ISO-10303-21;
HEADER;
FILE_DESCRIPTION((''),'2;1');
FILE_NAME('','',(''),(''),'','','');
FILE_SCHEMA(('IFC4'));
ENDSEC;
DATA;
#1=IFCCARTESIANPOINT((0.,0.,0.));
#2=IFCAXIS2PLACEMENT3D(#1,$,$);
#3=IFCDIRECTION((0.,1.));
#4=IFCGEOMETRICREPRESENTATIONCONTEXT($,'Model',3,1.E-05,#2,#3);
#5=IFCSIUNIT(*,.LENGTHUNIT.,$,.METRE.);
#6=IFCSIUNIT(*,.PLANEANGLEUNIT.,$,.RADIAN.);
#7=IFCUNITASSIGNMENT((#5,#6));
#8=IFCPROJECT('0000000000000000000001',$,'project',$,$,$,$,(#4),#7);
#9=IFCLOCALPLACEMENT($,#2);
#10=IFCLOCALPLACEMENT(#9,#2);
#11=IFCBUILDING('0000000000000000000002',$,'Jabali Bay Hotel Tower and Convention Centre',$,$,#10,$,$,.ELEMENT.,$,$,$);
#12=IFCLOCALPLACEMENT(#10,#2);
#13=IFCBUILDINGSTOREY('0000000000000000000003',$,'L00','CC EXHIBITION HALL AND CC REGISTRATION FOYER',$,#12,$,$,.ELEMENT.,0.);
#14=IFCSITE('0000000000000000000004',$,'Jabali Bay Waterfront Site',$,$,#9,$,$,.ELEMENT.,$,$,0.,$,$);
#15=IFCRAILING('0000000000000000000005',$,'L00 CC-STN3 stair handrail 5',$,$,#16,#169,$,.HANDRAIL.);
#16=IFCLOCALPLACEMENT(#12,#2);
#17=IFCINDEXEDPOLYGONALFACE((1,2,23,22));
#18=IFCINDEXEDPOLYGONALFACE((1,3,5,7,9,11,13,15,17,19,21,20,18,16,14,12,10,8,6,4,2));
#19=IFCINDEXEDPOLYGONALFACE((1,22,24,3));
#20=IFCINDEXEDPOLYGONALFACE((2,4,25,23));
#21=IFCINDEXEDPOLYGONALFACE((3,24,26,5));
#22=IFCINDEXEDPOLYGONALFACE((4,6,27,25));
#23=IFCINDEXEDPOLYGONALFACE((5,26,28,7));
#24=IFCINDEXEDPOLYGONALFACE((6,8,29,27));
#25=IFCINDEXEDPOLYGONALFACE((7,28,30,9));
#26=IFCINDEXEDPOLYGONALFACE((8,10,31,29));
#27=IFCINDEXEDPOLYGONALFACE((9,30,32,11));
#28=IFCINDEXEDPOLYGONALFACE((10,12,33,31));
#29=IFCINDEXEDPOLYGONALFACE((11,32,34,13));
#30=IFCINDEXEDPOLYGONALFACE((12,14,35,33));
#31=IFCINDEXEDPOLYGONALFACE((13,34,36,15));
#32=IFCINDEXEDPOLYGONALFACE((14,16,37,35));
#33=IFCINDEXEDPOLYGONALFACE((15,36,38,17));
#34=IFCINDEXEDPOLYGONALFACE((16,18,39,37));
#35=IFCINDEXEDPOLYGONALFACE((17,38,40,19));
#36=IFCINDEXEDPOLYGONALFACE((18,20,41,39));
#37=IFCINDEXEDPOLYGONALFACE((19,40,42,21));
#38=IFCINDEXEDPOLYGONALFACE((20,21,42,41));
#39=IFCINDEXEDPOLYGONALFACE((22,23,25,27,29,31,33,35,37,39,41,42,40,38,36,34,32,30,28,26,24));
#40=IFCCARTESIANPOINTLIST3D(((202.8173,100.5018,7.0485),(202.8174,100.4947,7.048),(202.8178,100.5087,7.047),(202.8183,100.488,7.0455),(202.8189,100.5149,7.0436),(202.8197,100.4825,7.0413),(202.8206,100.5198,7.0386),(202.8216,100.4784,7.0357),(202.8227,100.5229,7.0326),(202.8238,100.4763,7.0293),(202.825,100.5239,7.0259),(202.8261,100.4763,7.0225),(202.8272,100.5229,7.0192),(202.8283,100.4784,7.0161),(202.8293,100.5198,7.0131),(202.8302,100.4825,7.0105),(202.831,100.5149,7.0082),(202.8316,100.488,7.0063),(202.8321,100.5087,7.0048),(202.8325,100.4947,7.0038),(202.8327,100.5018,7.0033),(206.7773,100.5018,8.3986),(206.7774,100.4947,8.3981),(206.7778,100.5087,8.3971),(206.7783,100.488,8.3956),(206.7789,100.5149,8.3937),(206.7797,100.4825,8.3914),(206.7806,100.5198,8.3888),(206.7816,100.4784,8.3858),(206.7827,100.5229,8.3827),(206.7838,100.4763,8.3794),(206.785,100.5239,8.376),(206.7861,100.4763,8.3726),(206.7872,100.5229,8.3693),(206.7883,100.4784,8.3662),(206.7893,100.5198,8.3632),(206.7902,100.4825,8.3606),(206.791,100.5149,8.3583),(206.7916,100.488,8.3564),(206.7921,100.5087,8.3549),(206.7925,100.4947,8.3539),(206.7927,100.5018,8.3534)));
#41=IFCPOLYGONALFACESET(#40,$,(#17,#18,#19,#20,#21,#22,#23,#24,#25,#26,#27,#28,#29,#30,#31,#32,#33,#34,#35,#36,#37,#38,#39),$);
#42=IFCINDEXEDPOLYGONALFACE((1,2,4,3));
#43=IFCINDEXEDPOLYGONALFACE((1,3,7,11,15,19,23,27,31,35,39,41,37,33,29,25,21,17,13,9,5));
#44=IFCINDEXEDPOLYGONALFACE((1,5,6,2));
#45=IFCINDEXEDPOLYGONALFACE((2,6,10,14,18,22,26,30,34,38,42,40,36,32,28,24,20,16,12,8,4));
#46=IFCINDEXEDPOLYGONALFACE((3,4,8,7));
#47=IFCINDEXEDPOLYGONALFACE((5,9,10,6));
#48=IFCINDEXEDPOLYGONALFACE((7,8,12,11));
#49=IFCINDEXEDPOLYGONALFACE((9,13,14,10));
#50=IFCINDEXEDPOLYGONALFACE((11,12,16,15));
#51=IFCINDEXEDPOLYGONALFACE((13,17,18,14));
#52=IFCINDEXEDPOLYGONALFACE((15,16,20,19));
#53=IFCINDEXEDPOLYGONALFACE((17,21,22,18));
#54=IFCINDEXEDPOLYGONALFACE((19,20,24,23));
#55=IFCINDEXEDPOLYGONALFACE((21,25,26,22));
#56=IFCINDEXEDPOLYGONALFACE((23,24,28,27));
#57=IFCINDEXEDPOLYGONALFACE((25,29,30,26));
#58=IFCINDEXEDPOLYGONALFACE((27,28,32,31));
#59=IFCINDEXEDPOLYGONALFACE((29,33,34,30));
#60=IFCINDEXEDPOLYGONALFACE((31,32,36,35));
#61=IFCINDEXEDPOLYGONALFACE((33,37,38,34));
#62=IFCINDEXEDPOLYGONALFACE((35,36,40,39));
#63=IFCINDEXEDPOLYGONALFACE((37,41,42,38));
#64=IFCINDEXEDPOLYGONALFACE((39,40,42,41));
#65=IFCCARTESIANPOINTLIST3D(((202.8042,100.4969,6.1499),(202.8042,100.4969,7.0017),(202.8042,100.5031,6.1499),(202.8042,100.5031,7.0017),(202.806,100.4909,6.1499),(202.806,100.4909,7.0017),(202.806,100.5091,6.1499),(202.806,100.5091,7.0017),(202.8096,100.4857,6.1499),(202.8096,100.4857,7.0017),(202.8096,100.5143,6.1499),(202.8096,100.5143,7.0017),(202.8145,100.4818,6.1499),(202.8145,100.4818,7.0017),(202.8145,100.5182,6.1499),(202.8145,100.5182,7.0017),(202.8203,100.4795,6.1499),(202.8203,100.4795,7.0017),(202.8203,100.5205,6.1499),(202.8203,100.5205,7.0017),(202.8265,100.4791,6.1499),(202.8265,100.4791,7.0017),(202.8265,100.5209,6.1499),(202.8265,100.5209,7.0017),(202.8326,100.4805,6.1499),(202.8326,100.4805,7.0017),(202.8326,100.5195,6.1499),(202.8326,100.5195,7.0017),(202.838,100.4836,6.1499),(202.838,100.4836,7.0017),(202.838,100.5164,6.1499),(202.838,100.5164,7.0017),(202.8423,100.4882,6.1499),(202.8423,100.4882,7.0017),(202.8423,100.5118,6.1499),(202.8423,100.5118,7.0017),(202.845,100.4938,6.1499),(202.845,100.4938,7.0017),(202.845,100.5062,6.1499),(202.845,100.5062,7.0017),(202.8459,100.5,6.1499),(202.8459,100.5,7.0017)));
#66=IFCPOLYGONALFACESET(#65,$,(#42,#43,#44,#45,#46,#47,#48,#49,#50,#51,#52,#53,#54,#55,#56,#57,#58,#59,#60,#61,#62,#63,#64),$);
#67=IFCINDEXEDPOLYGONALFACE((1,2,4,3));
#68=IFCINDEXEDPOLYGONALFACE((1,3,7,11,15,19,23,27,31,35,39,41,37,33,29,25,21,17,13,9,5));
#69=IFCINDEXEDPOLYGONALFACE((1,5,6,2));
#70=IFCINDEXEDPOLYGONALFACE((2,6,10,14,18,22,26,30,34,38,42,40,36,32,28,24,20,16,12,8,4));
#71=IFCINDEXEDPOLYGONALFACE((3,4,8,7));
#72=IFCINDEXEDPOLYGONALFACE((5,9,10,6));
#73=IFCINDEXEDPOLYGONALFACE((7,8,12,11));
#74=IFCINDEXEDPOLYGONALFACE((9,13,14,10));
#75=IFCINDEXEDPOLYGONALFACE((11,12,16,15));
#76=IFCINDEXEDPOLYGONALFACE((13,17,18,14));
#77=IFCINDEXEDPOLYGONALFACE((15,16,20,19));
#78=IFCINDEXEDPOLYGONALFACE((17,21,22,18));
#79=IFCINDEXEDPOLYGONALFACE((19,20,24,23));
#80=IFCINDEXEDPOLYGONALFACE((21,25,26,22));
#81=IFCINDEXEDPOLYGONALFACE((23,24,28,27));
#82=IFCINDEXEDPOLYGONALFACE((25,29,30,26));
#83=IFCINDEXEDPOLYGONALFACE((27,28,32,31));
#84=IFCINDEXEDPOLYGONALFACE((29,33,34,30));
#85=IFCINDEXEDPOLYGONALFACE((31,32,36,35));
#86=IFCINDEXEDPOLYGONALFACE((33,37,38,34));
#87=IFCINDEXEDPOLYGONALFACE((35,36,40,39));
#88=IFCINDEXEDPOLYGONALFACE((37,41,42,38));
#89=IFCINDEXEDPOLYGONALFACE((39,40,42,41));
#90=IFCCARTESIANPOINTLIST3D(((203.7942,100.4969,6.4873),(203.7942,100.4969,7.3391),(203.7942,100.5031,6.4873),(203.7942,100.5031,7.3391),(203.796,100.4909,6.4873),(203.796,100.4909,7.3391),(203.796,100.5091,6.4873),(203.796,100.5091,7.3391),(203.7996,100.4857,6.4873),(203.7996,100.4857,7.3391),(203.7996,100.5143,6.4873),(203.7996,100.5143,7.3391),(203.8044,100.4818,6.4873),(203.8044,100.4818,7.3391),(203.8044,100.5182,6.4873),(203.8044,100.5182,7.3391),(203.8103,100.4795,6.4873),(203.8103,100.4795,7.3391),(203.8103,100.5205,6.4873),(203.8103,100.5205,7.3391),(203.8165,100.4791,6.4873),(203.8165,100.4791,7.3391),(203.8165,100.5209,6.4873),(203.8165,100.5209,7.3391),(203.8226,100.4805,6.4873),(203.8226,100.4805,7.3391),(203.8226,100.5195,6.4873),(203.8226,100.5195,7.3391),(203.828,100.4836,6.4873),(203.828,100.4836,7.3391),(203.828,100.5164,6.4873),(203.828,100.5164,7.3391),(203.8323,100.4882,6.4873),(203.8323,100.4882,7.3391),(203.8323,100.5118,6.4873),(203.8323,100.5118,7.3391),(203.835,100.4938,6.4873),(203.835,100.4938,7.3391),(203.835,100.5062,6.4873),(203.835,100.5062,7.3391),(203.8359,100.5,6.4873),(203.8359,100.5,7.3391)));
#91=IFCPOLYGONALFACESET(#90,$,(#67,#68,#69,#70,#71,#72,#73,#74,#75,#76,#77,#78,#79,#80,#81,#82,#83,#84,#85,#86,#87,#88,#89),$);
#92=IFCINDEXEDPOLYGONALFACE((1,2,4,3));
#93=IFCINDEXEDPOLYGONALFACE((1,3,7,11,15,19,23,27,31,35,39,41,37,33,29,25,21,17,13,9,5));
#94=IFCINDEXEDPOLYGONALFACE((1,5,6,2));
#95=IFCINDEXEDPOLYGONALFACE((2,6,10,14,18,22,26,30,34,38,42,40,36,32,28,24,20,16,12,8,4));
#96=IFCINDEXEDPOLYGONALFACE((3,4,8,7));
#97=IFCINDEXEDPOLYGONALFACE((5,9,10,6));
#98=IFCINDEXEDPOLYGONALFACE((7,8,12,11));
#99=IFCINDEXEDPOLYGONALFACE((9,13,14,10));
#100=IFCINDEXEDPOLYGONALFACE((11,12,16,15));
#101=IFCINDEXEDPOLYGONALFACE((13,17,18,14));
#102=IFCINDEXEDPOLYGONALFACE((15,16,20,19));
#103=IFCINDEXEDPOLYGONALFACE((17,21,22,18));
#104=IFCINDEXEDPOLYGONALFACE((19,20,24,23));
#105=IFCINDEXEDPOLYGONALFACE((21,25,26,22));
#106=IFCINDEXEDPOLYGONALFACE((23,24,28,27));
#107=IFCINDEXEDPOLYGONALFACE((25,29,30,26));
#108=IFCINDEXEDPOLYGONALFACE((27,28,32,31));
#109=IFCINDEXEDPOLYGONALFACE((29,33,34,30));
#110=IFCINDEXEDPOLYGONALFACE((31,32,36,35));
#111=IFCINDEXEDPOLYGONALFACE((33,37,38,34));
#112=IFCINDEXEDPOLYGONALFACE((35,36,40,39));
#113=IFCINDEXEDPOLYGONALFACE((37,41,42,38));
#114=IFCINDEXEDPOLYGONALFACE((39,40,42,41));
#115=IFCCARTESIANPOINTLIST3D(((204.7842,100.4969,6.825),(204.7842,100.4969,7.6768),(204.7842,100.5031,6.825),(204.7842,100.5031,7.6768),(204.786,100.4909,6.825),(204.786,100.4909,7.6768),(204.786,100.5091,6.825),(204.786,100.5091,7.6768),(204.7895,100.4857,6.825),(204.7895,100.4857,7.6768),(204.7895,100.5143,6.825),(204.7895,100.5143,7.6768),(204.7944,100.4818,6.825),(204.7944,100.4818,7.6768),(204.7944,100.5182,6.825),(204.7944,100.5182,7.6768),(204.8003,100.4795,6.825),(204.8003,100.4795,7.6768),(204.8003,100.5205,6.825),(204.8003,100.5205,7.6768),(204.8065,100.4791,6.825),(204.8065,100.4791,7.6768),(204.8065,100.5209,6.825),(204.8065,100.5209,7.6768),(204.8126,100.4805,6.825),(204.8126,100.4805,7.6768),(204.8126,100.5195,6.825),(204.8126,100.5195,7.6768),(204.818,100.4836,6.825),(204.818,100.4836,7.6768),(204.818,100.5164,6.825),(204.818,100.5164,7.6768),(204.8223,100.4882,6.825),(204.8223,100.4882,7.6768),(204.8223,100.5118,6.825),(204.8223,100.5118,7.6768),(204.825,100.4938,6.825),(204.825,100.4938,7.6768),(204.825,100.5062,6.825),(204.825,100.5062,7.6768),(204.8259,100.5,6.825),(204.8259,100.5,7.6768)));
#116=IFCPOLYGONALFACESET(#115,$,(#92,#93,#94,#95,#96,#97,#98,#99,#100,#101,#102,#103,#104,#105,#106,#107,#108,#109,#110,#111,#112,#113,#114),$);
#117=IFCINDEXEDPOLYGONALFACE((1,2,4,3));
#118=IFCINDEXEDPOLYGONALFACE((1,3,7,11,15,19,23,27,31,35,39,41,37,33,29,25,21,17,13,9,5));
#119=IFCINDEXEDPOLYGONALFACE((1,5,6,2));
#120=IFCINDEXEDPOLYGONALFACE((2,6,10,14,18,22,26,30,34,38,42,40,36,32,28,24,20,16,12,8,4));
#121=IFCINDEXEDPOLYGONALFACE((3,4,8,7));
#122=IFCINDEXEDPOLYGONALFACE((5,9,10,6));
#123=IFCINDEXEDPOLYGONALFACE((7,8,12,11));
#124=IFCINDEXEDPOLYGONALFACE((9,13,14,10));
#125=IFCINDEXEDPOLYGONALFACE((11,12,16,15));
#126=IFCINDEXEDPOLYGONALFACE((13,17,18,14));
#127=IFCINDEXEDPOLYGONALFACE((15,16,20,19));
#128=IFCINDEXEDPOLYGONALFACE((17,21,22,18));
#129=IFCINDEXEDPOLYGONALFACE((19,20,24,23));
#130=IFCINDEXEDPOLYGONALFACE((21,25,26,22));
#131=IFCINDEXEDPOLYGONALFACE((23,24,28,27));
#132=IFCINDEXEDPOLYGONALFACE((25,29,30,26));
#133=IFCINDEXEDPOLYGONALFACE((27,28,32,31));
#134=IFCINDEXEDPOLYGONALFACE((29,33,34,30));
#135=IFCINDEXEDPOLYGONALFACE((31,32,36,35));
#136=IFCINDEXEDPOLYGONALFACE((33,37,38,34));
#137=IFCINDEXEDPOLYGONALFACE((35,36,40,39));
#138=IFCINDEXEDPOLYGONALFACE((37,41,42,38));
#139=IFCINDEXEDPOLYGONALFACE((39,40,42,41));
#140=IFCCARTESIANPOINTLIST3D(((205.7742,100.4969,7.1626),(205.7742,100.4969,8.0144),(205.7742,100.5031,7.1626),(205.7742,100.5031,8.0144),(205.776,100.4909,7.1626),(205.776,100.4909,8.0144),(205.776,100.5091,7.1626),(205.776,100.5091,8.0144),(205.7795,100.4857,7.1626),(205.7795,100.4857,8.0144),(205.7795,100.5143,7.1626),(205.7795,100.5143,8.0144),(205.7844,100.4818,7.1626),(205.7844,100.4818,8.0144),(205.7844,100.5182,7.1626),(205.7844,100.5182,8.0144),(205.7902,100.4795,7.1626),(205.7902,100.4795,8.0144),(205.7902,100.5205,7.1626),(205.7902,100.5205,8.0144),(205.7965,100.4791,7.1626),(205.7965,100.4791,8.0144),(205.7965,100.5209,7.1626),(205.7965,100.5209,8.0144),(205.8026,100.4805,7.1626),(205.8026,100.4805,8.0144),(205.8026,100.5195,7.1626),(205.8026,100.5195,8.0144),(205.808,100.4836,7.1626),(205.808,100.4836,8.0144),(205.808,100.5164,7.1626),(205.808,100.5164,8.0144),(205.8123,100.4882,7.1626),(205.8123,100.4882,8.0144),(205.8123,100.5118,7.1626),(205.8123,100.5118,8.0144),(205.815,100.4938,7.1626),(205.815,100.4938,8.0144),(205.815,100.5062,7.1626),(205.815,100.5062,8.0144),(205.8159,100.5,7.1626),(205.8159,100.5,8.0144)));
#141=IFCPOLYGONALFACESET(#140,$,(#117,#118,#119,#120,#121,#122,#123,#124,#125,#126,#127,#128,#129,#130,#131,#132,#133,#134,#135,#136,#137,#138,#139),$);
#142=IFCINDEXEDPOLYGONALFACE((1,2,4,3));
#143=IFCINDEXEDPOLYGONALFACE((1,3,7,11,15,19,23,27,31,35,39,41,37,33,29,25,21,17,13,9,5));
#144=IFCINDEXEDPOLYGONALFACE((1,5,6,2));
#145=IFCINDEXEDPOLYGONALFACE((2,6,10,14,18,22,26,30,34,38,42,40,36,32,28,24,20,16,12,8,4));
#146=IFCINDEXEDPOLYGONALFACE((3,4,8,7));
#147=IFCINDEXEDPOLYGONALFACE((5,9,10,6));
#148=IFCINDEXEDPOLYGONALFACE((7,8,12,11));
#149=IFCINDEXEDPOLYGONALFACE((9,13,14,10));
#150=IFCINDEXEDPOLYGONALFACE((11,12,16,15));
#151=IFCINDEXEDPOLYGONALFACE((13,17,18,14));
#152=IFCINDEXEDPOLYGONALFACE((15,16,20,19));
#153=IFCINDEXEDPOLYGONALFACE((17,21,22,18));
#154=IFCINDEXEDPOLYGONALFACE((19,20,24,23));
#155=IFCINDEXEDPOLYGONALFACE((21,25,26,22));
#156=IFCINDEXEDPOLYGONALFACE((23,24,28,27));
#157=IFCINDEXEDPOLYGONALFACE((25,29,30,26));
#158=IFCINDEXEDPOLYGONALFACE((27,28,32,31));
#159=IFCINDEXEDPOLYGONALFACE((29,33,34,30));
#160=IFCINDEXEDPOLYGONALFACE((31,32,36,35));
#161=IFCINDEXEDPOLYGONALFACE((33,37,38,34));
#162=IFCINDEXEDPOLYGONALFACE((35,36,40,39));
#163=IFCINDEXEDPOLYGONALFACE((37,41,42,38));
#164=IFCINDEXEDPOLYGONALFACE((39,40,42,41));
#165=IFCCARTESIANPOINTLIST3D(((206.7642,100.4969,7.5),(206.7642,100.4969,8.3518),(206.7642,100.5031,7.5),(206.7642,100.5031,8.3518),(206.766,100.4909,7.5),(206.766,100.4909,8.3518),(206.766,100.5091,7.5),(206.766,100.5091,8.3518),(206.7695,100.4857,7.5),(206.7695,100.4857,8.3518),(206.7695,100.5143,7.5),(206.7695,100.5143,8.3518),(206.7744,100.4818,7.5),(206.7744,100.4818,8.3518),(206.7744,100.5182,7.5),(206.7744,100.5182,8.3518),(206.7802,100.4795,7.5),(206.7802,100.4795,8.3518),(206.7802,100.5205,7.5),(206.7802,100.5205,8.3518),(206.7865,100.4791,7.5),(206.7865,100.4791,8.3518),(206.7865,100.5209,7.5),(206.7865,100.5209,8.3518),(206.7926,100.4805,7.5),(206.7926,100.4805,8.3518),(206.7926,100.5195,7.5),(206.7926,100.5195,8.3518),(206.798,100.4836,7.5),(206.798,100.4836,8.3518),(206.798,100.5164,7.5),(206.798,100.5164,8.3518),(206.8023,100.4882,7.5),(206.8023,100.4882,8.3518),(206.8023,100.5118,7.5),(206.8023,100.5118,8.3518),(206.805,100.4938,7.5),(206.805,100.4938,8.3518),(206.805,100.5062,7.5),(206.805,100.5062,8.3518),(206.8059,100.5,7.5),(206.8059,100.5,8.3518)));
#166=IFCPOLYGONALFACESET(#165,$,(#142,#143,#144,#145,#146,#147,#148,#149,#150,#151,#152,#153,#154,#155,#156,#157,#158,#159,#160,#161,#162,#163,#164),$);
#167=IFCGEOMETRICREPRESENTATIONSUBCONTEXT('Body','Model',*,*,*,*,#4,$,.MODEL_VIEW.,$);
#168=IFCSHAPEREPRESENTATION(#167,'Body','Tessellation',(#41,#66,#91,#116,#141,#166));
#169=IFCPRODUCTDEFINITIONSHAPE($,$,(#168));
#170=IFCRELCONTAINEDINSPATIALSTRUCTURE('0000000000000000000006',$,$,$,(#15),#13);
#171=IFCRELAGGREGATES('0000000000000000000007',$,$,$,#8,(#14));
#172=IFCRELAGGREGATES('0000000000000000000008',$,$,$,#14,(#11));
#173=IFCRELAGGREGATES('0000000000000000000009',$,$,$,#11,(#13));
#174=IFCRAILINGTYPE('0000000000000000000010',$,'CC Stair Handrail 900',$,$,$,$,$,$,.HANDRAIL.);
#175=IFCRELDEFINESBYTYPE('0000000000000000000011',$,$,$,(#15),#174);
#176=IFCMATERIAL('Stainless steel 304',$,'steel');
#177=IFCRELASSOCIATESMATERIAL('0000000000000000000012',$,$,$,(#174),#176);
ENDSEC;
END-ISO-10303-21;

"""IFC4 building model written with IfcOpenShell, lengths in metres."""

from ifc_helpers import new_model, si_unit, direction, frame, origin, origin_2d, place, context, subcontext, project, spatial, circle, extrude, material, type_object, element, save


model = new_model("IFC4")

# Units and contexts
model_context = context("Model", 3, precision=1e-05, world=origin(), true_north=direction((0.0, 1.0)))
body_context = subcontext(model_context, "Body", "Model", "MODEL_VIEW")
ifc_project = project(units=[si_unit("LENGTHUNIT", "METRE"), si_unit("PLANEANGLEUNIT", "RADIAN")], contexts=[model_context])

# Site, building, storey
site_placement = place(None, origin())
site = spatial("IfcSite", under=ifc_project, at=site_placement, Name="Jabali Bay Waterfront Site", CompositionType="ELEMENT", RefElevation=0.0)
building_placement = place(site_placement, origin())
building = spatial("IfcBuilding", under=site, at=building_placement, Name="Jabali Bay Hotel Tower and Convention Centre", CompositionType="ELEMENT")
storey_placement = place(building_placement, origin())
storey = spatial("IfcBuildingStorey", under=building, at=storey_placement, Name="L00", Description="CC EXHIBITION HALL AND CC REGISTRATION FOYER", CompositionType="ELEMENT", Elevation=0.0)

# Railing
ifc_material_1 = material(Name="Stainless steel 304", Category="steel")
railing_type_1 = type_object("IfcRailingType", Name="CC Stair Handrail 900", PredefinedType="HANDRAIL", material=ifc_material_1)
railing_1_placement = place(storey_placement, frame((202.825, 100.5, 6.1499)))
element("IfcRailing", 1, at=railing_1_placement, inside=storey, type_object=railing_type_1, Name="L00 CC-STN3 stair handrail 5", PredefinedType="HANDRAIL", context=body_context, shape_type="SweptSolid", body=[
    extrude(circle(Radius=0.0239, at=origin_2d()), frame((0.0, 0.0, 0.876), z_axis=(0.946502, 0.0, 0.322698), x_axis=(0.0, 1.0, 0.0)), (0.0, 0.0, 1.0), 4.1838),
    extrude(circle(Radius=0.021, at=origin_2d()), origin(), (0.0, 0.0, 1.0), 0.8518),
    extrude(circle(Radius=0.021, at=origin_2d()), frame((0.99, 0.0, 0.3374)), (0.0, 0.0, 1.0), 0.8518),
    extrude(circle(Radius=0.021, at=origin_2d()), frame((1.98, 0.0, 0.675)), (0.0, 0.0, 1.0), 0.8518),
    extrude(circle(Radius=0.021, at=origin_2d()), frame((2.97, 0.0, 1.0127)), (0.0, 0.0, 1.0), 0.8518),
    extrude(circle(Radius=0.021, at=origin_2d()), frame((3.96, 0.0, 1.3501)), (0.0, 0.0, 1.0), 0.8518),
])

save(model, "model.ifc")
